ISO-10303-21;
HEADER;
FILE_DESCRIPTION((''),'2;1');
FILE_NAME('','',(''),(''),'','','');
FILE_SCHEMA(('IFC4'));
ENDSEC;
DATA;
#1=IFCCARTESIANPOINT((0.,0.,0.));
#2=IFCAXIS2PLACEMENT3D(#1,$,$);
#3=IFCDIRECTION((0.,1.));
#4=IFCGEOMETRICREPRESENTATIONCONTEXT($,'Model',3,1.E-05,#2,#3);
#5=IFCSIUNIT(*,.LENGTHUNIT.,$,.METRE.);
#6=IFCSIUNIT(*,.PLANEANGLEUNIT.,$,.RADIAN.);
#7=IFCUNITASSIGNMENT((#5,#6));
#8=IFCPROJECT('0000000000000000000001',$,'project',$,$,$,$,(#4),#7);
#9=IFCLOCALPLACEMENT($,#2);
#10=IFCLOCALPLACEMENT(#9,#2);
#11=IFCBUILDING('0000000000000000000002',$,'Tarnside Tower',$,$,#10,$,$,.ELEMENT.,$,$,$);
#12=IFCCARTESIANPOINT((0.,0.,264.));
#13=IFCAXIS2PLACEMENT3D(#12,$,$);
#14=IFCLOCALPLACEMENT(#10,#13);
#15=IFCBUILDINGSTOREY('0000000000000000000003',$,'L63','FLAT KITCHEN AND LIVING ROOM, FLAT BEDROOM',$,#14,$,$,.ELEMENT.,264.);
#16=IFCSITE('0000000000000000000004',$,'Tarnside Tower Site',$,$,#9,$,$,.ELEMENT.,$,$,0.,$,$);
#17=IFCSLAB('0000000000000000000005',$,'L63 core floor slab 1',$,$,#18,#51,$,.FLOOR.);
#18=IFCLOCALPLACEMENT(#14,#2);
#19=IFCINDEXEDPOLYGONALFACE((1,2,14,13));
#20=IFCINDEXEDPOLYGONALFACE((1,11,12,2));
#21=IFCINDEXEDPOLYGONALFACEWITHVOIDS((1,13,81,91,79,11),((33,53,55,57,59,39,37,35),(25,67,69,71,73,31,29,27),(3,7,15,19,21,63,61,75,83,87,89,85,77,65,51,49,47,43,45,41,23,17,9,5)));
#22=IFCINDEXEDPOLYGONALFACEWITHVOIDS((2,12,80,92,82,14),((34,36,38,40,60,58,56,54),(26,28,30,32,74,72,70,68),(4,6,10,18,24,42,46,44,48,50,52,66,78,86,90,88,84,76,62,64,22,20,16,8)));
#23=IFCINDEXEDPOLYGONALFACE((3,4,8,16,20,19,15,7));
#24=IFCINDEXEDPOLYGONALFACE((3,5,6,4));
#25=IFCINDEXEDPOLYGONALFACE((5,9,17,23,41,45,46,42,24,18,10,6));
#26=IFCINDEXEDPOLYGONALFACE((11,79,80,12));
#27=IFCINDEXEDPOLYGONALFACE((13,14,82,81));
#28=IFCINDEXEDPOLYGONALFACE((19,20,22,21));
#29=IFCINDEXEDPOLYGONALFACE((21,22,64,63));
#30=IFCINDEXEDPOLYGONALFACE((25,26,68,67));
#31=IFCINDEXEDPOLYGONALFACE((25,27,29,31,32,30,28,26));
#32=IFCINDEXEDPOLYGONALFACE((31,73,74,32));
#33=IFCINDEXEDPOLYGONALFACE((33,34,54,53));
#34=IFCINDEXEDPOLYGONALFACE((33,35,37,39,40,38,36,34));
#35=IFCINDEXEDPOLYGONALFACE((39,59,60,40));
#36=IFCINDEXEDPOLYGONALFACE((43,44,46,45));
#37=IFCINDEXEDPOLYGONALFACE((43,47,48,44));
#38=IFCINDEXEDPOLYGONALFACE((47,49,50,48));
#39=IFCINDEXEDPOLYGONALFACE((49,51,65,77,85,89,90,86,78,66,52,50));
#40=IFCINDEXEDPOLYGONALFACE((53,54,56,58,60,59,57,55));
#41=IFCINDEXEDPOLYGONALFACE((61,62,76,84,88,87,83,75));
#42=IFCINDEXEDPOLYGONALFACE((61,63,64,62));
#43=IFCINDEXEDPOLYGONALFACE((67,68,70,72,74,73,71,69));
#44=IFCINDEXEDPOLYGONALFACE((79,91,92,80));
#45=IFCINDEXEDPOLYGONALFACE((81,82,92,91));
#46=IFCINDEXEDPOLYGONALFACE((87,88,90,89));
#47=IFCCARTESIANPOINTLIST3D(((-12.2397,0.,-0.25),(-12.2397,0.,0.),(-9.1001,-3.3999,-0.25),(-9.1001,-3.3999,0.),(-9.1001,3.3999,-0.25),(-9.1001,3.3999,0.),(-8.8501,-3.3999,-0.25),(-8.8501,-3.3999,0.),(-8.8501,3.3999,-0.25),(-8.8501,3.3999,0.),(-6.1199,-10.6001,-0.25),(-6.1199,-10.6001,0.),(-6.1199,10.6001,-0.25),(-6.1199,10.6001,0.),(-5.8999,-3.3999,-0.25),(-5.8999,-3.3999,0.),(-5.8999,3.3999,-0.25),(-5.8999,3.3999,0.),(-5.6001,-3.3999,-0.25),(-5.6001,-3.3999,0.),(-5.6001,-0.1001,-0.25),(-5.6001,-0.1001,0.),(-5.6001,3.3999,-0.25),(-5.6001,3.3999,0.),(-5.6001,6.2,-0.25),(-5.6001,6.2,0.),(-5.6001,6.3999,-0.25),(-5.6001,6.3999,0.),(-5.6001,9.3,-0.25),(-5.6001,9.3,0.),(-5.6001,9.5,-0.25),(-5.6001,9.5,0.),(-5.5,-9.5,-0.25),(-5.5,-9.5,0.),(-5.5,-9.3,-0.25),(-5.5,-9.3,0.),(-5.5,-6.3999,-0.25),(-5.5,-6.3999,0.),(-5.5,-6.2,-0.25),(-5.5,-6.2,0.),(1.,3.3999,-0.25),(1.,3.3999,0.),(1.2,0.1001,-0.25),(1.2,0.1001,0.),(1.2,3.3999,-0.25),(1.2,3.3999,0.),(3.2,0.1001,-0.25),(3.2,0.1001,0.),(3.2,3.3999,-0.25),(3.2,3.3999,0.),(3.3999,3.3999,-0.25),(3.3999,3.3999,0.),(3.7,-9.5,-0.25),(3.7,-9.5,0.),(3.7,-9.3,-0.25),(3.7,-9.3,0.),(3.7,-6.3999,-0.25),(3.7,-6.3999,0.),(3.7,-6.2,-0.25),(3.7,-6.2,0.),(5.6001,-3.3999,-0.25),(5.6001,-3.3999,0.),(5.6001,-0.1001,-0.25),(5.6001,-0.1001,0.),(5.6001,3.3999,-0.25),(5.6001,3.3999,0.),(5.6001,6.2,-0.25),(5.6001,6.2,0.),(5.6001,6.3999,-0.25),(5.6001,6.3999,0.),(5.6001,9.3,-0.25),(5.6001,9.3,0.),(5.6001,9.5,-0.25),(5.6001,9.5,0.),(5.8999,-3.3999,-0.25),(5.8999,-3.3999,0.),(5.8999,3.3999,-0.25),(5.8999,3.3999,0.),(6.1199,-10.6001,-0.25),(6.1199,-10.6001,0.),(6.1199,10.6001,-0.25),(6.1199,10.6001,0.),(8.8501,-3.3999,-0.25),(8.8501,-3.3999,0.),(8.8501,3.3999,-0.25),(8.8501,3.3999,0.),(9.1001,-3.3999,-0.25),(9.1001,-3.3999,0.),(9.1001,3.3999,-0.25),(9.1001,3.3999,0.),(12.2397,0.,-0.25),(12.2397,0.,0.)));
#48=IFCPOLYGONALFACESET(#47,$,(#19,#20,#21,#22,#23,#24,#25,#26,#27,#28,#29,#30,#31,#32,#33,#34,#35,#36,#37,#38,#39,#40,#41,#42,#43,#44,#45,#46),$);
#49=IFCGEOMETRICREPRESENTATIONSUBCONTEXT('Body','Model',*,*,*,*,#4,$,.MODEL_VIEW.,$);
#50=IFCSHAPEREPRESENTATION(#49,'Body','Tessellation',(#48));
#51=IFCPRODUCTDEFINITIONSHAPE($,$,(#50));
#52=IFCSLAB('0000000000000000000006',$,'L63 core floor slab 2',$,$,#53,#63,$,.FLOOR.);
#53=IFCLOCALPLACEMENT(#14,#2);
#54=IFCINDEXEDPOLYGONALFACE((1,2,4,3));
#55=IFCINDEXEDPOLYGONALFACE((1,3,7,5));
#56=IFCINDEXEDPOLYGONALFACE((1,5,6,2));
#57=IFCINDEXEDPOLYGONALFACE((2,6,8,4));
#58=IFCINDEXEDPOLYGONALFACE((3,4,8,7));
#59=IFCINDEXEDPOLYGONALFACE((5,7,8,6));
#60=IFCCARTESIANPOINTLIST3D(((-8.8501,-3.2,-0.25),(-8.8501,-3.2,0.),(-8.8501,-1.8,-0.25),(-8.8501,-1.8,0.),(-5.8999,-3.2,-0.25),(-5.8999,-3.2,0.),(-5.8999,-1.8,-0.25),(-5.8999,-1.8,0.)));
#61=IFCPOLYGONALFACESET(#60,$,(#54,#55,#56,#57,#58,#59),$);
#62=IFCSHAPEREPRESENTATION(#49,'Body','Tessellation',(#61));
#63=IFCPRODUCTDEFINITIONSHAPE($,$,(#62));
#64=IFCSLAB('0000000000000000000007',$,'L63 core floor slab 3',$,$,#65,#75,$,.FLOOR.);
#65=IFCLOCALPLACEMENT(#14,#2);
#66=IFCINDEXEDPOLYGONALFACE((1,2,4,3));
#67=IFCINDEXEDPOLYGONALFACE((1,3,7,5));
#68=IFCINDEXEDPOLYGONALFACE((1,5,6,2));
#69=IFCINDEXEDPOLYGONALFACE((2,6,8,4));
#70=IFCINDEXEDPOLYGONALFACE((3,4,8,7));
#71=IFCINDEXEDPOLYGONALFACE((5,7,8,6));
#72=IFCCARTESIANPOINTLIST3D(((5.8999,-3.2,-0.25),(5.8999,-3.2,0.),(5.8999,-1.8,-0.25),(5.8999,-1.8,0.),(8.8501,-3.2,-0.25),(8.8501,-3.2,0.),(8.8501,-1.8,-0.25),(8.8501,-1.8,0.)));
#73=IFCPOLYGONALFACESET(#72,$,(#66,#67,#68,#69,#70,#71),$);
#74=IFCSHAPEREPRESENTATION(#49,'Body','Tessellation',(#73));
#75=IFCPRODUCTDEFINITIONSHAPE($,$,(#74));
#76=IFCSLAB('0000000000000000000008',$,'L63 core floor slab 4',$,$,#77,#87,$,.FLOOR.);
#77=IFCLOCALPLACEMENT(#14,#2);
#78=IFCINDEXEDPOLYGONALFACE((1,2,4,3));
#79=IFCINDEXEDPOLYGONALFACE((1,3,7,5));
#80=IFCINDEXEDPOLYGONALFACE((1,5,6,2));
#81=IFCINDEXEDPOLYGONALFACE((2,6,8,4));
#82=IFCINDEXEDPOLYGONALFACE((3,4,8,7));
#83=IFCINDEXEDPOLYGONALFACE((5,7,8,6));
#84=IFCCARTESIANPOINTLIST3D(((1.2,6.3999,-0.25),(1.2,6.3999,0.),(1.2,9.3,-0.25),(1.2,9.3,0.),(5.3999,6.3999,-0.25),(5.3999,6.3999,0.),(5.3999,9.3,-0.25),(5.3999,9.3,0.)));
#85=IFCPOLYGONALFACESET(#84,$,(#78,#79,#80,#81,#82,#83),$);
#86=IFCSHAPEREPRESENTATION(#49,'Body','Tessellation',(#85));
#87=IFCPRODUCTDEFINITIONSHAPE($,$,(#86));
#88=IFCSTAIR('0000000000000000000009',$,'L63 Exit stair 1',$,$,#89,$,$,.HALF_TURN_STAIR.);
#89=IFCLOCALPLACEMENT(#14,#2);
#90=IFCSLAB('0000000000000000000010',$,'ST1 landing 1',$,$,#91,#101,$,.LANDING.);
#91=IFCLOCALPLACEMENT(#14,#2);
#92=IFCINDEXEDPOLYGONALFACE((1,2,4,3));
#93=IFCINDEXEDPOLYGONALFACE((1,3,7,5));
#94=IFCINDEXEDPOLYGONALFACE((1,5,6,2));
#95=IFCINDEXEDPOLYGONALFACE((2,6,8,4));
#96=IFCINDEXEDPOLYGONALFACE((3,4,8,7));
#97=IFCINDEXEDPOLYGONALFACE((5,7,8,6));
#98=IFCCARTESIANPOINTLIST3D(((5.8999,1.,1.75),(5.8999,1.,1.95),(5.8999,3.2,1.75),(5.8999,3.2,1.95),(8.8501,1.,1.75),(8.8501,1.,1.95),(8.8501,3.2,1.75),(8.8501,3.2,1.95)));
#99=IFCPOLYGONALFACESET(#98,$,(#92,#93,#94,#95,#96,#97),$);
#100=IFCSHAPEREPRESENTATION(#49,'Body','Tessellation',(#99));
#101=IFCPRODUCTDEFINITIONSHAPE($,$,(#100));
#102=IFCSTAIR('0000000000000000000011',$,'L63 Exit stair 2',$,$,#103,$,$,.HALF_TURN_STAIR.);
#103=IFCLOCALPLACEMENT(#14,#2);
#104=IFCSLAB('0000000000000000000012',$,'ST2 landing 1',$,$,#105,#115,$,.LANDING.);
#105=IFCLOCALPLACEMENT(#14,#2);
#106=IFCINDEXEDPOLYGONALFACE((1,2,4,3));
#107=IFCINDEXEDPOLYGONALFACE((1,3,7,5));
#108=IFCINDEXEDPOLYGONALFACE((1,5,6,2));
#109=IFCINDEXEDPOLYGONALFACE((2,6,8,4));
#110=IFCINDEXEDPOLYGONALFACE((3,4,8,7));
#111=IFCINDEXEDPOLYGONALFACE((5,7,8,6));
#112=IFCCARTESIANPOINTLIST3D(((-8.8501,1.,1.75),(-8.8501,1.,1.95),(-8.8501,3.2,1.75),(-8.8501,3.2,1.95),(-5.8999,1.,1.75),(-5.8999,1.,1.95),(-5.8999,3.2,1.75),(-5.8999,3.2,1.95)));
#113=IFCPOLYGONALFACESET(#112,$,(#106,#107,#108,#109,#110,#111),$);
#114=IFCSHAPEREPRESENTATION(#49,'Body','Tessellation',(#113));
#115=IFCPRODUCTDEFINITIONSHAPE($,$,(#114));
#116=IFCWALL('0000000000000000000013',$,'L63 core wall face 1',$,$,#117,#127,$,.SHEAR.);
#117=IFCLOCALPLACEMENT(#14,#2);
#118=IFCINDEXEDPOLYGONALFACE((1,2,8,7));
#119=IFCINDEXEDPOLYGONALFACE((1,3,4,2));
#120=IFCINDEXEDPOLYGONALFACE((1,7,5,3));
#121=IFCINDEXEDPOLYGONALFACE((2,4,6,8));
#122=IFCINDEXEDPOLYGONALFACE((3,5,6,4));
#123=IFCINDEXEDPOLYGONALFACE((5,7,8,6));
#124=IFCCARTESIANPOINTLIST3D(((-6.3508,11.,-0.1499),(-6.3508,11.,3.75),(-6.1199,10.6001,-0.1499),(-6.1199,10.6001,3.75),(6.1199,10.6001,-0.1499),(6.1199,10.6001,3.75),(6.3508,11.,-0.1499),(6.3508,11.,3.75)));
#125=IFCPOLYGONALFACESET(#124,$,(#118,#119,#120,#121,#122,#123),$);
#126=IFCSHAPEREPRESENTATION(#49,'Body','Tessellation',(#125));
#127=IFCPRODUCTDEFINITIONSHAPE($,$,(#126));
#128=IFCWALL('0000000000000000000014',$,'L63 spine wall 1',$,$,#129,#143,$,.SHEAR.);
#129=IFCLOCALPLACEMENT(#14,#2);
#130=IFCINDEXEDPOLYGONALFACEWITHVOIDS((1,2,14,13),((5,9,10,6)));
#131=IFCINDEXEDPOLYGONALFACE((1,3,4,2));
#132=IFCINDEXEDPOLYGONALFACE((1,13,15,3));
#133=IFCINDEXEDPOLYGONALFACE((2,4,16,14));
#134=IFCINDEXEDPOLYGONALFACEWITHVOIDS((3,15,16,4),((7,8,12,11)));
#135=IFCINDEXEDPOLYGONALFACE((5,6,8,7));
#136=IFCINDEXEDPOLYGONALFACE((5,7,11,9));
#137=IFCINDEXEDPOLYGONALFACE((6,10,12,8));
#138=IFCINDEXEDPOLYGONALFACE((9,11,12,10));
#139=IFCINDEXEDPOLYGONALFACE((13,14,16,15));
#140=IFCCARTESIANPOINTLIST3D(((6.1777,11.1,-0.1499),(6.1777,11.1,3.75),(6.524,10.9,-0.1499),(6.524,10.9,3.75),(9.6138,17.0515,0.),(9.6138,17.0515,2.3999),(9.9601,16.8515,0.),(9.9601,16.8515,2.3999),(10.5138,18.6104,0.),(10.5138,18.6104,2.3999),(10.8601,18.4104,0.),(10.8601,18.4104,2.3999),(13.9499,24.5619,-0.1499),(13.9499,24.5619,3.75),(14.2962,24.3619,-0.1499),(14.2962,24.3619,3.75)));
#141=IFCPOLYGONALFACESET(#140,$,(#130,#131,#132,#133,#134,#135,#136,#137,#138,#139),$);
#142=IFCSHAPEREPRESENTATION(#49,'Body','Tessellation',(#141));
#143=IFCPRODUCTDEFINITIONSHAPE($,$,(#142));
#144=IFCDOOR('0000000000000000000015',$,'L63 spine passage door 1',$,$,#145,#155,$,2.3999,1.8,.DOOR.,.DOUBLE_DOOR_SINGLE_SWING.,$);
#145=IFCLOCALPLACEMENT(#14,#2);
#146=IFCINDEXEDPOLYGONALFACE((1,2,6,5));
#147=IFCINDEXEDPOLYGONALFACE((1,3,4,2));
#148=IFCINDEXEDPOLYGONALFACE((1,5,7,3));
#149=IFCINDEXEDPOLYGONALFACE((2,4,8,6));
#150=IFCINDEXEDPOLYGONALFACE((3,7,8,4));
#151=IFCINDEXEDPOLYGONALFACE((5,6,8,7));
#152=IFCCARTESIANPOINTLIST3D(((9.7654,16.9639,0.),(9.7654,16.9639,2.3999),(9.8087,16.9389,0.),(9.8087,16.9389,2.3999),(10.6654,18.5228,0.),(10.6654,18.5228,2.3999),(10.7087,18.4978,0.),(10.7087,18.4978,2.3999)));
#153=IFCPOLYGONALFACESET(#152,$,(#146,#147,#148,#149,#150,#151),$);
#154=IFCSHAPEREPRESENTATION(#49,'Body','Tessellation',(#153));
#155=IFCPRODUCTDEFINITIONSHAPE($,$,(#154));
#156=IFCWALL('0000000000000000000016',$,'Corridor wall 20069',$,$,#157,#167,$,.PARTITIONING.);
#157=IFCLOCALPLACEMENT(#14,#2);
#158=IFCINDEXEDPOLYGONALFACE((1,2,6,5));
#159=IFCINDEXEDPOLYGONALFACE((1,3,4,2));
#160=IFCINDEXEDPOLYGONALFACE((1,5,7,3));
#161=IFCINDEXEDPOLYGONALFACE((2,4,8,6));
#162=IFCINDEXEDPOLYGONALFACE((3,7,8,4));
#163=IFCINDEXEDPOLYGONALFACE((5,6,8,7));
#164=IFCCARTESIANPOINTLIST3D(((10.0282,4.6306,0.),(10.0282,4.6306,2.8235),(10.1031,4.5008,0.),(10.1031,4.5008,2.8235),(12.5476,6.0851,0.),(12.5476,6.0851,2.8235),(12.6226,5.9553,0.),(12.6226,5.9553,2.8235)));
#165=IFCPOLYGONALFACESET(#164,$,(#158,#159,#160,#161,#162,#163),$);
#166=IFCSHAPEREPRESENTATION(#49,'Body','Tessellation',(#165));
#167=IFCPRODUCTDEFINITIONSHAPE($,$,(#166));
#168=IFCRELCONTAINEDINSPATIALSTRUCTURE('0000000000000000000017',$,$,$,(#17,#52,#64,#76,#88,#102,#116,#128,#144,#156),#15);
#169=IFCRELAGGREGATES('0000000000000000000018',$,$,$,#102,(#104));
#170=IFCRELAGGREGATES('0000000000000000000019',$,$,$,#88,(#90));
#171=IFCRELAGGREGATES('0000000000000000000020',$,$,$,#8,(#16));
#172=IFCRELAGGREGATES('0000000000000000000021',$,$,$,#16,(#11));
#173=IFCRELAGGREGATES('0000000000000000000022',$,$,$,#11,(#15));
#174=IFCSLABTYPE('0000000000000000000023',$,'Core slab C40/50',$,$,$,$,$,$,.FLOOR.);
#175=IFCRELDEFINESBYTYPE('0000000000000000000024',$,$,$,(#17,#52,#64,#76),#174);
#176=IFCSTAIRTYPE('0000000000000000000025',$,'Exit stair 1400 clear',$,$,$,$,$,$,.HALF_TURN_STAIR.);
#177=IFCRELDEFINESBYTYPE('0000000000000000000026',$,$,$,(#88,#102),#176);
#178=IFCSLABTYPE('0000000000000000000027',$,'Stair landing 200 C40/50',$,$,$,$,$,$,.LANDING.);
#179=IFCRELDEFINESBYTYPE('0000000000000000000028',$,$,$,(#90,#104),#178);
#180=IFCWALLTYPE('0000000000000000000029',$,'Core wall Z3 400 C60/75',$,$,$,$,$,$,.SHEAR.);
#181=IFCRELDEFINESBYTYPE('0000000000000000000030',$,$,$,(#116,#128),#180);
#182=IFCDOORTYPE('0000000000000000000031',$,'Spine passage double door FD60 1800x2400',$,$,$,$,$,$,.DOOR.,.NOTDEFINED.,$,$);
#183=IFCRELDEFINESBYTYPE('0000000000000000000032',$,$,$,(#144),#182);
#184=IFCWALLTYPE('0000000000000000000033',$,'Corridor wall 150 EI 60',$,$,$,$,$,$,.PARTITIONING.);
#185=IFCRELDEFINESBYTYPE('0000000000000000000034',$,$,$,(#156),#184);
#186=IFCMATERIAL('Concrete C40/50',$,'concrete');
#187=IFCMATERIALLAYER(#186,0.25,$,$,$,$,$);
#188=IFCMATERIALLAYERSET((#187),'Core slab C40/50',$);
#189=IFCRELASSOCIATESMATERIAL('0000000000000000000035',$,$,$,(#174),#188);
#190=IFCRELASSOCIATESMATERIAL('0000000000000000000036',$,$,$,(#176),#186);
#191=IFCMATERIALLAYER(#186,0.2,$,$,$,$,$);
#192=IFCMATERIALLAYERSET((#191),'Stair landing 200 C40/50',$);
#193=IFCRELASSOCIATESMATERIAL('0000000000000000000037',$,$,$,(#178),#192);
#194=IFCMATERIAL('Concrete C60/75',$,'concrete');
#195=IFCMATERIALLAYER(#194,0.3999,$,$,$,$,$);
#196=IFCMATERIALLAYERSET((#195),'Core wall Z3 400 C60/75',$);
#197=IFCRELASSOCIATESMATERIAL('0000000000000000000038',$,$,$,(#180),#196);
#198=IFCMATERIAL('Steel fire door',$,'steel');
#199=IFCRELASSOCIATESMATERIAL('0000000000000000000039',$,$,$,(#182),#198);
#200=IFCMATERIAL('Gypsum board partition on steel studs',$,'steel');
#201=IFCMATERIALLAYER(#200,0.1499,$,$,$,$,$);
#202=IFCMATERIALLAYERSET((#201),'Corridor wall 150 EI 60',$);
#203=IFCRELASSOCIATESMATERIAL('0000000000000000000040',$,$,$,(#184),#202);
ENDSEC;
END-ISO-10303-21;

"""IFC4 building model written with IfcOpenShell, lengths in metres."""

from ifc_helpers import new_model, si_unit, direction, frame, frame_2d, origin, place, context, subcontext, project, spatial, polyline, rectangle, outline, extrude, material, layer, layer_set, type_object, element, fill, aggregate, save


model = new_model("IFC4")

# Units and contexts
model_context = context("Model", 3, precision=1e-05, world=origin(), true_north=direction((0.0, 1.0)))
body_context = subcontext(model_context, "Body", "Model", "MODEL_VIEW")
ifc_project = project(units=[si_unit("LENGTHUNIT", "METRE"), si_unit("PLANEANGLEUNIT", "RADIAN")], contexts=[model_context])

# Site, building, storey
site_placement = place(None, origin())
site = spatial("IfcSite", under=ifc_project, at=site_placement, Name="Tarnside Tower Site", CompositionType="ELEMENT", RefElevation=0.0)
building_placement = place(site_placement, origin())
building = spatial("IfcBuilding", under=site, at=building_placement, Name="Tarnside Tower", CompositionType="ELEMENT")
storey_placement = place(building_placement, frame((0.0, 0.0, 264.0)))
storey = spatial("IfcBuildingStorey", under=building, at=storey_placement, Name="L63", Description="FLAT KITCHEN AND LIVING ROOM, FLAT BEDROOM", CompositionType="ELEMENT", Elevation=264.0)

# Slabs
ifc_material_1 = material(Name="Concrete C40/50", Category="concrete")
ifc_layer_1 = layer(ifc_material_1, 0.25)
ifc_layer_set_1 = layer_set([ifc_layer_1], Name="Core slab C40/50")
slab_type_1 = type_object("IfcSlabType", Name="Core slab C40/50", PredefinedType="FLOOR", material=ifc_layer_set_1)
slab_1_placement = place(storey_placement, frame((0.0, 0.0, -0.25)))
element("IfcSlab", 1, at=slab_1_placement, inside=storey, type_object=slab_type_1, Name="L63 core floor slab 1", PredefinedType="FLOOR", context=body_context, shape_type="SweptSolid", body=[
    extrude(outline(polyline([(6.1199, 10.6001), (12.2397, 0.0), (6.1199, -10.6001), (-6.1199, -10.6001), (-12.2397, 0.0), (-6.1199, 10.6001), (6.1199, 10.6001)]), holes=[polyline([(-5.5, -9.5), (3.7, -9.5), (3.7, -9.3), (3.7, -6.3999), (3.7, -6.2), (-5.5, -6.2), (-5.5, -6.3999), (-5.5, -9.3), (-5.5, -9.5)]), polyline([(-5.6001, -3.3999), (-5.6001, -0.1001), (5.6001, -0.1001), (5.6001, -3.3999), (5.8999, -3.3999), (8.8501, -3.3999), (9.1001, -3.3999), (9.1001, 3.3999), (8.8501, 3.3999), (5.8999, 3.3999), (5.6001, 3.3999), (3.3999, 3.3999), (3.2, 3.3999), (3.2, 0.1001), (1.2, 0.1001), (1.2, 3.3999), (1.0, 3.3999), (-5.6001, 3.3999), (-5.8999, 3.3999), (-8.8501, 3.3999), (-9.1001, 3.3999), (-9.1001, -3.3999), (-8.8501, -3.3999), (-5.8999, -3.3999), (-5.6001, -3.3999)]), polyline([(-5.6001, 6.2), (5.6001, 6.2), (5.6001, 6.3999), (5.6001, 9.3), (5.6001, 9.5), (-5.6001, 9.5), (-5.6001, 9.3), (-5.6001, 6.3999), (-5.6001, 6.2)])]), origin(), (0.0, 0.0, 1.0), 0.25),
])
slab_2_placement = place(storey_placement, frame((0.0, 0.0, -0.25)))
element("IfcSlab", 2, at=slab_2_placement, inside=storey, type_object=slab_type_1, Name="L63 core floor slab 2", PredefinedType="FLOOR", context=body_context, shape_type="SweptSolid", body=[
    extrude(outline(polyline([(-8.8501, -3.2), (-8.8501, -1.8), (-5.8999, -1.8), (-5.8999, -3.2), (-8.8501, -3.2)])), origin(), (0.0, 0.0, 1.0), 0.25),
])
slab_3_placement = place(storey_placement, frame((0.0, 0.0, -0.25)))
element("IfcSlab", 3, at=slab_3_placement, inside=storey, type_object=slab_type_1, Name="L63 core floor slab 3", PredefinedType="FLOOR", context=body_context, shape_type="SweptSolid", body=[
    extrude(outline(polyline([(5.8999, -1.8), (8.8501, -1.8), (8.8501, -3.2), (5.8999, -3.2), (5.8999, -1.8)])), origin(), (0.0, 0.0, 1.0), 0.25),
])
slab_4_placement = place(storey_placement, frame((0.0, 0.0, -0.25)))
element("IfcSlab", 4, at=slab_4_placement, inside=storey, type_object=slab_type_1, Name="L63 core floor slab 4", PredefinedType="FLOOR", context=body_context, shape_type="SweptSolid", body=[
    extrude(outline(polyline([(5.3999, 6.3999), (1.2, 6.3999), (1.2, 9.3), (5.3999, 9.3), (5.3999, 6.3999)])), origin(), (0.0, 0.0, 1.0), 0.25),
])

# Stairs, slabs
stair_type = type_object("IfcStairType", Name="Exit stair 1400 clear", PredefinedType="HALF_TURN_STAIR", material=ifc_material_1)
stair_1_placement = place(storey_placement, origin())
stair_1 = element("IfcStair", 5, at=stair_1_placement, inside=storey, type_object=stair_type, Name="L63 Exit stair 1", PredefinedType="HALF_TURN_STAIR")
ifc_layer_2 = layer(ifc_material_1, 0.2)
ifc_layer_set_2 = layer_set([ifc_layer_2], Name="Stair landing 200 C40/50")
slab_type_2 = type_object("IfcSlabType", Name="Stair landing 200 C40/50", PredefinedType="LANDING", material=ifc_layer_set_2)
slab_5_placement = place(storey_placement, frame((0.0, 0.0, 1.75)))
slab_5 = element("IfcSlab", 6, at=slab_5_placement, type_object=slab_type_2, Name="ST1 landing 1", PredefinedType="LANDING", context=body_context, shape_type="SweptSolid", body=[
    extrude(outline(polyline([(8.8501, 1.0), (8.8501, 3.2), (5.8999, 3.2), (5.8999, 1.0), (8.8501, 1.0)])), origin(), (0.0, 0.0, 1.0), 0.2),
])
stair_2_placement = place(storey_placement, origin())
stair_2 = element("IfcStair", 7, at=stair_2_placement, inside=storey, type_object=stair_type, Name="L63 Exit stair 2", PredefinedType="HALF_TURN_STAIR")
slab_6_placement = place(storey_placement, frame((0.0, 0.0, 1.75)))
slab_6 = element("IfcSlab", 8, at=slab_6_placement, type_object=slab_type_2, Name="ST2 landing 1", PredefinedType="LANDING", context=body_context, shape_type="SweptSolid", body=[
    extrude(outline(polyline([(-5.8999, 1.0), (-5.8999, 3.2), (-8.8501, 3.2), (-8.8501, 1.0), (-5.8999, 1.0)])), origin(), (0.0, 0.0, 1.0), 0.2),
])
aggregate(stair_2, [slab_6])

# Wall
ifc_material_2 = material(Name="Concrete C60/75", Category="concrete")
ifc_layer_3 = layer(ifc_material_2, 0.3999)
ifc_layer_set_3 = layer_set([ifc_layer_3], Name="Core wall Z3 400 C60/75")
wall_type_1 = type_object("IfcWallType", Name="Core wall Z3 400 C60/75", PredefinedType="SHEAR", material=ifc_layer_set_3)
wall_1_placement = place(storey_placement, frame((6.2354, 10.8, -0.1499), z_axis=(0.0, 0.0, 1.0), x_axis=(-1.0, 0.0, 0.0)))
element("IfcWall", 9, at=wall_1_placement, inside=storey, type_object=wall_type_1, Name="L63 core wall face 1", PredefinedType="SHEAR", context=body_context, shape_type="SweptSolid", body=[
    extrude(outline(polyline([(-0.1155, -0.2), (12.5862, -0.2), (12.3552, 0.2), (0.1155, 0.2), (-0.1155, -0.2)])), origin(), (0.0, 0.0, 1.0), 3.8999),
])

# Wall, opening, door
wall_2_placement = place(storey_placement, frame((6.3508, 11.0, -0.1499), z_axis=(0.0, 0.0, 1.0), x_axis=(0.499999, 0.866026, 0.0)))
wall_2 = element("IfcWall", 10, at=wall_2_placement, inside=storey, type_object=wall_type_1, Name="L63 spine wall 1", PredefinedType="SHEAR", context=body_context, shape_type="SweptSolid", body=[
    extrude(rectangle(XDim=15.5444, YDim=0.3999, at=frame_2d((7.7722, 0.0))), origin(), (0.0, 0.0, 1.0), 3.8999),
])
opening_1_placement = place(wall_2_placement, frame((6.8723, 0.0, 0.1499)))
opening_1 = element("IfcOpeningElement", 11, at=opening_1_placement, cuts=wall_2, PredefinedType="OPENING", context=body_context, shape_type="SweptSolid", body=[
    extrude(rectangle(XDim=1.8, YDim=2.3999, at=frame_2d((0.8999, 1.2))), frame((0.0, 0.21, 0.0), z_axis=(0.0, -1.0, 0.0), x_axis=(1.0, 0.0, 0.0)), (0.0, 0.0, 1.0), 0.4199),
])
ifc_material_3 = material(Name="Steel fire door", Category="steel")
door_type_1 = type_object("IfcDoorType", Name="Spine passage double door FD60 1800x2400", OperationType="NOTDEFINED", PredefinedType="DOOR", material=ifc_material_3)
door_1_placement = place(opening_1_placement, origin())
door_1 = element("IfcDoor", 12, at=door_1_placement, inside=storey, type_object=door_type_1, Name="L63 spine passage door 1", OperationType="DOUBLE_DOOR_SINGLE_SWING", OverallHeight=2.3999, OverallWidth=1.8, PredefinedType="DOOR", context=body_context, shape_type="SweptSolid", body=[
    extrude(rectangle(XDim=1.8, YDim=2.3999, at=frame_2d((0.8999, 1.2))), frame((0.0, 0.0249, 0.0), z_axis=(0.0, -1.0, 0.0), x_axis=(1.0, 0.0, 0.0)), (0.0, 0.0, 1.0), 0.05),
])
fill(opening_1, door_1)

# Wall
ifc_material_4 = material(Name="Gypsum board partition on steel studs", Category="steel")
ifc_layer_4 = layer(ifc_material_4, 0.1499)
ifc_layer_set_4 = layer_set([ifc_layer_4], Name="Corridor wall 150 EI 60")
wall_type_2 = type_object("IfcWallType", Name="Corridor wall 150 EI 60", PredefinedType="PARTITIONING", material=ifc_layer_set_4)
wall_3_placement = place(storey_placement, frame((10.0657, 4.5657, 0.0), z_axis=(0.0, 0.0, 1.0), x_axis=(0.866035, 0.499984, 0.0)))
element("IfcWall", 13, at=wall_3_placement, inside=storey, type_object=wall_type_2, Name="Corridor wall 20069", PredefinedType="PARTITIONING", context=body_context, shape_type="SweptSolid", body=[
    extrude(rectangle(XDim=2.9092, YDim=0.1499, at=frame_2d((1.4546, 0.0))), origin(), (0.0, 0.0, 1.0), 2.8235),
])

aggregate(stair_1, [slab_5])

save(model, "model.ifc")
